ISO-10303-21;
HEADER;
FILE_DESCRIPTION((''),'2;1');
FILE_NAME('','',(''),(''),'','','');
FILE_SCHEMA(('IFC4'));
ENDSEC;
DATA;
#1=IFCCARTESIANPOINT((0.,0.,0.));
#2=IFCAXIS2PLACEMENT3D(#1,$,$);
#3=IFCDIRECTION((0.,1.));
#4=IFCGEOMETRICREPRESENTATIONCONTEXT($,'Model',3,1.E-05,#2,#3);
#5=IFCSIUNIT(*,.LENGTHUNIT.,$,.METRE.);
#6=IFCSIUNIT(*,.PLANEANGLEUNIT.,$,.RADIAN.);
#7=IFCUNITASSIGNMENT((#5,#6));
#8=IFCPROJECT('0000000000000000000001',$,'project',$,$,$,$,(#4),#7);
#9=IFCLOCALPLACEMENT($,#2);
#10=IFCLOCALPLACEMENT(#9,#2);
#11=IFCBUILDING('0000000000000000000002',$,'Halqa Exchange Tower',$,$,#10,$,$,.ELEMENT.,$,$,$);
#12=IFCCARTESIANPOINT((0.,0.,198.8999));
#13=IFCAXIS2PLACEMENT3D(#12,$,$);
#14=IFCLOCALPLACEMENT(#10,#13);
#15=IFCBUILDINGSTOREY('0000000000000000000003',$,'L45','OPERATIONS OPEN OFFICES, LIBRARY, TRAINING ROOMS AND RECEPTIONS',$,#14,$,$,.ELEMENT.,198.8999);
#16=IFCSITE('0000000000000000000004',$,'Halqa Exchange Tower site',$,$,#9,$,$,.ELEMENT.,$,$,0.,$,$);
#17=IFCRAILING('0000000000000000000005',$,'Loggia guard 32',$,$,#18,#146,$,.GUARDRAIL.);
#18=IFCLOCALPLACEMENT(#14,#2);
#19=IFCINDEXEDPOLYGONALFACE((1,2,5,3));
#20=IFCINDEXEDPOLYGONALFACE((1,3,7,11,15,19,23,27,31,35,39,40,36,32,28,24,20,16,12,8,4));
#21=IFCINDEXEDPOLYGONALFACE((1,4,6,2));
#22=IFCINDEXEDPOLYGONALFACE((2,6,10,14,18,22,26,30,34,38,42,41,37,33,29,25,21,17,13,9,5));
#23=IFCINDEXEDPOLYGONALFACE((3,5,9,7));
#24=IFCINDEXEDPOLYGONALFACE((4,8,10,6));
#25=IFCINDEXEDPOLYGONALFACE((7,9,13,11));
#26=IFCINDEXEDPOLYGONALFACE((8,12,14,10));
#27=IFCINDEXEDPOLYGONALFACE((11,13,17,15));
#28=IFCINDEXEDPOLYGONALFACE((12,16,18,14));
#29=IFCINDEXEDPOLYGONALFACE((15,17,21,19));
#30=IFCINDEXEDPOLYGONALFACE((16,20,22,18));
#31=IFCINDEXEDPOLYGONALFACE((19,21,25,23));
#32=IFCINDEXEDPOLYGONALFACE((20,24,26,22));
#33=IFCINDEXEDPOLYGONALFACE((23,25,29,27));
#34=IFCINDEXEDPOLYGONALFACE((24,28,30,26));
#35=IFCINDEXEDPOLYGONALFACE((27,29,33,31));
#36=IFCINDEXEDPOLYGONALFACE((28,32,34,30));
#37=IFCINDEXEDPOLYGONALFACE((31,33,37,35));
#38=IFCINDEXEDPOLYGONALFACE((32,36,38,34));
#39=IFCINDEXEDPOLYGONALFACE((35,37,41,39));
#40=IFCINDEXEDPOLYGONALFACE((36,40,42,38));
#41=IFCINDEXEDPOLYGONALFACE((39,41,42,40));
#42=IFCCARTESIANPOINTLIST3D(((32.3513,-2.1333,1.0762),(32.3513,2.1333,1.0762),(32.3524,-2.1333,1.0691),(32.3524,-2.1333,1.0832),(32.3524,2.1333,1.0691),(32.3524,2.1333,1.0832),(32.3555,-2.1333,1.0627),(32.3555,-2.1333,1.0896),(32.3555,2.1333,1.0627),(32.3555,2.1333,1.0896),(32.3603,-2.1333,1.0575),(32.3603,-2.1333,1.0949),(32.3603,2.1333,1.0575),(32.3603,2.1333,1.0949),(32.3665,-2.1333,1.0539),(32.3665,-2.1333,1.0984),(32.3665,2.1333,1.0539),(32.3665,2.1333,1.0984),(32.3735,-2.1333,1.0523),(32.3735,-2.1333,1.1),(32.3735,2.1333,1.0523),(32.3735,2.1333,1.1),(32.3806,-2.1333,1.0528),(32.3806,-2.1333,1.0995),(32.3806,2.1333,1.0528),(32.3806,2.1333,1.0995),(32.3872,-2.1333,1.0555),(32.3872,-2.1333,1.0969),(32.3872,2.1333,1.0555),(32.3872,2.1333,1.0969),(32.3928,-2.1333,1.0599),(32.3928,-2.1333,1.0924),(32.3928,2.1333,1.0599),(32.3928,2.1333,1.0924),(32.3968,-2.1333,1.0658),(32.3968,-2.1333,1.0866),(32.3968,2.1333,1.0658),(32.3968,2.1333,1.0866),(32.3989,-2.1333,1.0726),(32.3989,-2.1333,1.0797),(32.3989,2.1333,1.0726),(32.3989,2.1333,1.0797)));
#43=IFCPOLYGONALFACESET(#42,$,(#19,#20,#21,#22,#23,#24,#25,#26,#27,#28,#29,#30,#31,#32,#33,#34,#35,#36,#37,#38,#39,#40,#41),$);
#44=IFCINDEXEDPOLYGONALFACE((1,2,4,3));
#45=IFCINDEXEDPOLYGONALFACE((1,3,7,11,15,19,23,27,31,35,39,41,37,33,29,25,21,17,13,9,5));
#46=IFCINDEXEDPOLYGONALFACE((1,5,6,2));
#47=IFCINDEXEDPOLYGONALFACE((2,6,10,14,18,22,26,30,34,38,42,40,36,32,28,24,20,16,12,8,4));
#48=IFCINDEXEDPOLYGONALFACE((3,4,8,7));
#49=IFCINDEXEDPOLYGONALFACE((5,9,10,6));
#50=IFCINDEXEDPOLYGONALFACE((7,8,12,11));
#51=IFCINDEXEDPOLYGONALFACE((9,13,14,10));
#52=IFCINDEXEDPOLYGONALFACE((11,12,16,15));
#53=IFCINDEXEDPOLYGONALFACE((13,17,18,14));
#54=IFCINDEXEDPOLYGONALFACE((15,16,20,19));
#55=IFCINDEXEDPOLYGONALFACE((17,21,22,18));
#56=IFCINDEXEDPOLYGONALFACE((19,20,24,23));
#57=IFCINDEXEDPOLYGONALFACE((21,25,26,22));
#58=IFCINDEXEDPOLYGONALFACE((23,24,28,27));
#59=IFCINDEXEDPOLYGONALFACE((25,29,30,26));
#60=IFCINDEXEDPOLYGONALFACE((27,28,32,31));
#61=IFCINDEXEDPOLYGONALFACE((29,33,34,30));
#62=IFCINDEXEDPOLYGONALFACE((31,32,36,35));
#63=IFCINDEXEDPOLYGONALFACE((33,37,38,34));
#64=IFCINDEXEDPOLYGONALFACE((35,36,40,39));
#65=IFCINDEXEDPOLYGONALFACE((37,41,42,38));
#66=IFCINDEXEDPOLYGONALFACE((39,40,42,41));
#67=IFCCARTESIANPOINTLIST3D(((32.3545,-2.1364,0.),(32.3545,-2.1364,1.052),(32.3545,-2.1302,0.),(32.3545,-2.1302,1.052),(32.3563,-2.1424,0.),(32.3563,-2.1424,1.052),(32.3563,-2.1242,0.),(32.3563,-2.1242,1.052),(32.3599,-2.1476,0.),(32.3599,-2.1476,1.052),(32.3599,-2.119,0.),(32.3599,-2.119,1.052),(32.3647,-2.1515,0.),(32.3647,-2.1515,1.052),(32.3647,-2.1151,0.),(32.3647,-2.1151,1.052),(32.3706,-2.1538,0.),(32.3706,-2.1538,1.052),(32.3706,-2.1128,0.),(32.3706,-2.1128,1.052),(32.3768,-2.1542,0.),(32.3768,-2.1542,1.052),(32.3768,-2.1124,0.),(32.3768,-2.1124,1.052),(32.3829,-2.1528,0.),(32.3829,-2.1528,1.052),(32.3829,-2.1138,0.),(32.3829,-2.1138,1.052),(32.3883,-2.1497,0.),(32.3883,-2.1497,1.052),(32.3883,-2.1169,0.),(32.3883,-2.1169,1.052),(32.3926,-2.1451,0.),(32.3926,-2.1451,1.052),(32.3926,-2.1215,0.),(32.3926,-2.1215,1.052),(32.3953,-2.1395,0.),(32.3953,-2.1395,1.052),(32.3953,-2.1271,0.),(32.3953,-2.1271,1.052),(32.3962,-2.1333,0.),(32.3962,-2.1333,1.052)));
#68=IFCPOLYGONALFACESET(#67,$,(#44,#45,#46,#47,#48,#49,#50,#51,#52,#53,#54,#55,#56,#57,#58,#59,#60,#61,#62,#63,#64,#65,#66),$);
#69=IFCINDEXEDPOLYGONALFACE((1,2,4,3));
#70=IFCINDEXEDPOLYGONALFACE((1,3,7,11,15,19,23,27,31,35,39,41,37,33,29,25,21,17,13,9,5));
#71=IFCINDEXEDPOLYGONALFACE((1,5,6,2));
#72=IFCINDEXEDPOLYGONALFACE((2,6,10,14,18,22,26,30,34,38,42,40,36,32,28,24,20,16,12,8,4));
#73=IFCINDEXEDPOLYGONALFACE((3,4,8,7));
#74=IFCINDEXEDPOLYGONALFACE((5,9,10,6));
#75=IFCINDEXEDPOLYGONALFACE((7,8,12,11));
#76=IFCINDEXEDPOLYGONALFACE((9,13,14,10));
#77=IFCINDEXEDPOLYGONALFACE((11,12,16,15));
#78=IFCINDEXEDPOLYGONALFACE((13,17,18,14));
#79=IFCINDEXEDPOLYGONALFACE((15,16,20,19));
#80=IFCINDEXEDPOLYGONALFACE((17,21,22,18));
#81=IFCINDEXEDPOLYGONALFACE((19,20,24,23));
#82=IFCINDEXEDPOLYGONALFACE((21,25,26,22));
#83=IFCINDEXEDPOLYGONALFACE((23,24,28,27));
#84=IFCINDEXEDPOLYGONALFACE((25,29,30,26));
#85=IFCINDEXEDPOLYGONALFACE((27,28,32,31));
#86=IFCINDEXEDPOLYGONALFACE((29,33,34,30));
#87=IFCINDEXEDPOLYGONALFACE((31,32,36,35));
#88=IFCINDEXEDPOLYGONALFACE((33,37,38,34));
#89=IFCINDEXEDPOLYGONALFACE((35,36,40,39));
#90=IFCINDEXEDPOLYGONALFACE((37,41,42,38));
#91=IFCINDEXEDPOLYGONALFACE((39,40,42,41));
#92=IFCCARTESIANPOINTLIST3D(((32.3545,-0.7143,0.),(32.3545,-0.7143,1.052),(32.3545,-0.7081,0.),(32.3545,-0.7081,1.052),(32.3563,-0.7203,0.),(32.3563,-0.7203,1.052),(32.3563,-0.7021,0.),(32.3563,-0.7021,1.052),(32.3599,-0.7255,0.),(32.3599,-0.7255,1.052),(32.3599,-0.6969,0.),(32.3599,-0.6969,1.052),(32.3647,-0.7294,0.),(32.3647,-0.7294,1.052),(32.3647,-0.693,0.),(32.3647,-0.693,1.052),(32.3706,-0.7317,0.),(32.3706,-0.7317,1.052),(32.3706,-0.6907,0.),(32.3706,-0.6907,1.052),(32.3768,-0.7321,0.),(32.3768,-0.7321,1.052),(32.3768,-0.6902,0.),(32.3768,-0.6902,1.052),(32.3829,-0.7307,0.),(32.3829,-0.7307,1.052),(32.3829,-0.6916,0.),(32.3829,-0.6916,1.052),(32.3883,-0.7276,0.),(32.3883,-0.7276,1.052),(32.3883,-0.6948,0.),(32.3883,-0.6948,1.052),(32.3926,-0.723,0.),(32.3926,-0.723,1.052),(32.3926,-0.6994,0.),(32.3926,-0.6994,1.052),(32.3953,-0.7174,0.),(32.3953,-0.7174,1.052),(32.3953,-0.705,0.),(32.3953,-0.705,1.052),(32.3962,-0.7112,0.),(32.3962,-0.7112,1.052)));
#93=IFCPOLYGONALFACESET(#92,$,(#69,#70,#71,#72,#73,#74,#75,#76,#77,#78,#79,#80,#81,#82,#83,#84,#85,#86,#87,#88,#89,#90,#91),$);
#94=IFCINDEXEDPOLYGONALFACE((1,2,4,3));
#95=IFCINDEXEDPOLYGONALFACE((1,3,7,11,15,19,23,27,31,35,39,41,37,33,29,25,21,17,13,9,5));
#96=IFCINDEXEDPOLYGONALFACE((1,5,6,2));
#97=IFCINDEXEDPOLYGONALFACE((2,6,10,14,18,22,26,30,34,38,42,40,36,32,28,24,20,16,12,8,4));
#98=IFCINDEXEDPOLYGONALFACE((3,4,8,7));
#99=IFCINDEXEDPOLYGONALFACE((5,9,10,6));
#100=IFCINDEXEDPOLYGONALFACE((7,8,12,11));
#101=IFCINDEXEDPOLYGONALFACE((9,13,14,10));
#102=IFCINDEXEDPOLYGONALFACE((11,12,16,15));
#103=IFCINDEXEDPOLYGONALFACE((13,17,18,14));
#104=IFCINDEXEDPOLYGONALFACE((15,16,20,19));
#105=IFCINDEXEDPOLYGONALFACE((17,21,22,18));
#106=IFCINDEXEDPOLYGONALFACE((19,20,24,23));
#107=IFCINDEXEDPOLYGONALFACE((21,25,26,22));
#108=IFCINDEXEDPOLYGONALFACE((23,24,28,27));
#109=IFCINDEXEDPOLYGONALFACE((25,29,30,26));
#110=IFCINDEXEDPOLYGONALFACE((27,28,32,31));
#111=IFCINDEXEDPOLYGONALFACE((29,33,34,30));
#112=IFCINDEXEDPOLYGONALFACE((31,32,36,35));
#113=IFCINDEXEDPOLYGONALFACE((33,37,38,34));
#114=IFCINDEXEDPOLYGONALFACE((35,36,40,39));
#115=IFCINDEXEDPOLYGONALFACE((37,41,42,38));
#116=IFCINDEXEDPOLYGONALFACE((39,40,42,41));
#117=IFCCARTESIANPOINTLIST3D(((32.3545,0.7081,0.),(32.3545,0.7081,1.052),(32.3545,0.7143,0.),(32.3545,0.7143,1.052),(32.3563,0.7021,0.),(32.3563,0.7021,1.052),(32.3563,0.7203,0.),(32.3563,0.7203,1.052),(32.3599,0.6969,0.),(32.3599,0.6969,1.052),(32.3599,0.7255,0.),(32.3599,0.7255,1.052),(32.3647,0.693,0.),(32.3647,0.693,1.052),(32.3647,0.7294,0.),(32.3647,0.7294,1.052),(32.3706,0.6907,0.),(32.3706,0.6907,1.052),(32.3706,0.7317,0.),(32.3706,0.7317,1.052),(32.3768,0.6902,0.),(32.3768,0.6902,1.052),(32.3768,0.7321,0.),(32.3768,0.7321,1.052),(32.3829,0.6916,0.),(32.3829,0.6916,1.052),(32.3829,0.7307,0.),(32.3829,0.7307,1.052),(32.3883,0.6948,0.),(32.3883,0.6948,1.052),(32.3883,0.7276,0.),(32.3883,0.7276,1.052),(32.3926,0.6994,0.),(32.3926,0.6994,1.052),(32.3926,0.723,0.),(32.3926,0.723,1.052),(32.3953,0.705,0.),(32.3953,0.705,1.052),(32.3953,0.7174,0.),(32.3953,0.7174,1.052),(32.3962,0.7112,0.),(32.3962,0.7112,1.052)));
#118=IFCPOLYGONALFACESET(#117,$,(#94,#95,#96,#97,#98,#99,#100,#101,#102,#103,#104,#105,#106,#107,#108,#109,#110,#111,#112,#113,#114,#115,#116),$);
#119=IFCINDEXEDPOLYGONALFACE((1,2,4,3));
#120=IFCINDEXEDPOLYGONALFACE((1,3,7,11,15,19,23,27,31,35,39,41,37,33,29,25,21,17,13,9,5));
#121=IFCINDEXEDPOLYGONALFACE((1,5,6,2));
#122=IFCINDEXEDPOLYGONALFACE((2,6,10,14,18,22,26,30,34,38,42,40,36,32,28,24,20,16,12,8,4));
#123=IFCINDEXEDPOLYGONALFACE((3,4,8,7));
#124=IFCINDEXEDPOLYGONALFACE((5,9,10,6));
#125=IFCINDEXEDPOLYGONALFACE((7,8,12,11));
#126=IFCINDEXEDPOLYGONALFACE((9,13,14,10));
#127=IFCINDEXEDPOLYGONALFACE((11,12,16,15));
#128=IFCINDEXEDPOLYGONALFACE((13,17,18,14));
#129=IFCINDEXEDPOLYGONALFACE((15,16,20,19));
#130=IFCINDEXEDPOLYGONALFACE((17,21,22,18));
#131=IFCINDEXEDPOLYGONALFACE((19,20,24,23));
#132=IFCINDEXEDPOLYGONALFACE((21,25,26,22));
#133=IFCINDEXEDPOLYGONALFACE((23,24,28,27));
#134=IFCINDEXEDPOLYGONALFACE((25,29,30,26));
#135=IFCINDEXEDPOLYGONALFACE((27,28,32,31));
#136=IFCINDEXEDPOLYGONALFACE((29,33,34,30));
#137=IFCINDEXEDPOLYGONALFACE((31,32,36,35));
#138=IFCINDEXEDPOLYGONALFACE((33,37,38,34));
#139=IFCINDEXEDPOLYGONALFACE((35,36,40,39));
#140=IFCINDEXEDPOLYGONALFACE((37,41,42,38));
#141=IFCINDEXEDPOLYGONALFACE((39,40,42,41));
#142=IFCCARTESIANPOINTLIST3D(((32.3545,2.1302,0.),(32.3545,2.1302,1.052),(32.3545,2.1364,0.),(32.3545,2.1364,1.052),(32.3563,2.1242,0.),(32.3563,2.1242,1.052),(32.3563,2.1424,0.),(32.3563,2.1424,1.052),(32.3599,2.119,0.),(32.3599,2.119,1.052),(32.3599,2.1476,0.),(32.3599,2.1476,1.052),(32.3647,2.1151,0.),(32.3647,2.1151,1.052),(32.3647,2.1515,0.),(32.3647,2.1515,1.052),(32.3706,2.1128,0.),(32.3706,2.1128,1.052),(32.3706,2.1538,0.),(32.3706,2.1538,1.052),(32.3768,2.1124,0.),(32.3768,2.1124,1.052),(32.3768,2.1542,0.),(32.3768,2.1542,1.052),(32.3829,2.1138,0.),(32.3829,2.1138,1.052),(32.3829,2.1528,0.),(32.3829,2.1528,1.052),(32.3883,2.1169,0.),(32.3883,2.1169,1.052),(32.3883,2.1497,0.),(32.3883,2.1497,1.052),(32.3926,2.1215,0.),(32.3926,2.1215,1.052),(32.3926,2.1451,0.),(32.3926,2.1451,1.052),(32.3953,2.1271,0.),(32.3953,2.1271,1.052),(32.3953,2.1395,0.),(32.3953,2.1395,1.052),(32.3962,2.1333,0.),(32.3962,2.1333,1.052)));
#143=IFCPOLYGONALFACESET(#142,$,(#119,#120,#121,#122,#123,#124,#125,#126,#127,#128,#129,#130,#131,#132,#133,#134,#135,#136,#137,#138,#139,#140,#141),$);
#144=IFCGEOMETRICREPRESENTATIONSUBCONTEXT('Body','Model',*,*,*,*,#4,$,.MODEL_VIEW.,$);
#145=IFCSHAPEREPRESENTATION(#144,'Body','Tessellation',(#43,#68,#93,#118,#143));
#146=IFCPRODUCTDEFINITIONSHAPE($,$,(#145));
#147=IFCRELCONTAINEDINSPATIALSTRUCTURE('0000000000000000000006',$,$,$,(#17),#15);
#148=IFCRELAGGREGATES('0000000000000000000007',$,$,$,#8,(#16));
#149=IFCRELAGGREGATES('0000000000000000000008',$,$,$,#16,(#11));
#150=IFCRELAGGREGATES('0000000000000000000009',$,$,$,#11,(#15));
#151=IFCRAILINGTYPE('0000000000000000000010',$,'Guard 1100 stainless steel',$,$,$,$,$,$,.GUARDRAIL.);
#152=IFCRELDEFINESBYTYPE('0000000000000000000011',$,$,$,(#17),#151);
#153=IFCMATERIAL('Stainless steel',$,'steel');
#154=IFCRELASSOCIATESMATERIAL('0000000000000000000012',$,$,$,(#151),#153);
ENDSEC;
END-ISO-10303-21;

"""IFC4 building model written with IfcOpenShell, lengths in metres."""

from ifc_helpers import new_model, si_unit, direction, frame, origin, origin_2d, place, context, subcontext, project, spatial, circle, extrude, material, type_object, element, save


model = new_model("IFC4")

# Units and contexts
model_context = context("Model", 3, precision=1e-05, world=origin(), true_north=direction((0.0, 1.0)))
body_context = subcontext(model_context, "Body", "Model", "MODEL_VIEW")
ifc_project = project(units=[si_unit("LENGTHUNIT", "METRE"), si_unit("PLANEANGLEUNIT", "RADIAN")], contexts=[model_context])

# Site, building, storey
site_placement = place(None, origin())
site = spatial("IfcSite", under=ifc_project, at=site_placement, Name="Halqa Exchange Tower site", CompositionType="ELEMENT", RefElevation=0.0)
building_placement = place(site_placement, origin())
building = spatial("IfcBuilding", under=site, at=building_placement, Name="Halqa Exchange Tower", CompositionType="ELEMENT")
storey_placement = place(building_placement, frame((0.0, 0.0, 198.8999)))
storey = spatial("IfcBuildingStorey", under=building, at=storey_placement, Name="L45", Description="OPERATIONS OPEN OFFICES, LIBRARY, TRAINING ROOMS AND RECEPTIONS", CompositionType="ELEMENT", Elevation=198.8999)

# Railing
ifc_material_1 = material(Name="Stainless steel", Category="steel")
railing_type = type_object("IfcRailingType", Name="Guard 1100 stainless steel", PredefinedType="GUARDRAIL", material=ifc_material_1)
railing_1_placement = place(storey_placement, frame((32.3752, -2.1333, 0.0)))
element("IfcRailing", 1, at=railing_1_placement, inside=storey, type_object=railing_type, Name="Loggia guard 32", PredefinedType="GUARDRAIL", context=body_context, shape_type="SweptSolid", body=[
    extrude(circle(Radius=0.0239, at=origin_2d()), frame((0.0, 0.0, 1.0762), z_axis=(0.0, 1.0, 0.0), x_axis=(-1.0, 0.0, 0.0)), (0.0, 0.0, 1.0), 4.2666),
    extrude(circle(Radius=0.021, at=origin_2d()), origin(), (0.0, 0.0, 1.0), 1.052),
    extrude(circle(Radius=0.021, at=origin_2d()), frame((0.0, 1.4221, 0.0)), (0.0, 0.0, 1.0), 1.052),
    extrude(circle(Radius=0.021, at=origin_2d()), frame((0.0, 2.8445, 0.0)), (0.0, 0.0, 1.0), 1.052),
    extrude(circle(Radius=0.021, at=origin_2d()), frame((0.0, 4.2666, 0.0)), (0.0, 0.0, 1.0), 1.052),
])

save(model, "model.ifc")
